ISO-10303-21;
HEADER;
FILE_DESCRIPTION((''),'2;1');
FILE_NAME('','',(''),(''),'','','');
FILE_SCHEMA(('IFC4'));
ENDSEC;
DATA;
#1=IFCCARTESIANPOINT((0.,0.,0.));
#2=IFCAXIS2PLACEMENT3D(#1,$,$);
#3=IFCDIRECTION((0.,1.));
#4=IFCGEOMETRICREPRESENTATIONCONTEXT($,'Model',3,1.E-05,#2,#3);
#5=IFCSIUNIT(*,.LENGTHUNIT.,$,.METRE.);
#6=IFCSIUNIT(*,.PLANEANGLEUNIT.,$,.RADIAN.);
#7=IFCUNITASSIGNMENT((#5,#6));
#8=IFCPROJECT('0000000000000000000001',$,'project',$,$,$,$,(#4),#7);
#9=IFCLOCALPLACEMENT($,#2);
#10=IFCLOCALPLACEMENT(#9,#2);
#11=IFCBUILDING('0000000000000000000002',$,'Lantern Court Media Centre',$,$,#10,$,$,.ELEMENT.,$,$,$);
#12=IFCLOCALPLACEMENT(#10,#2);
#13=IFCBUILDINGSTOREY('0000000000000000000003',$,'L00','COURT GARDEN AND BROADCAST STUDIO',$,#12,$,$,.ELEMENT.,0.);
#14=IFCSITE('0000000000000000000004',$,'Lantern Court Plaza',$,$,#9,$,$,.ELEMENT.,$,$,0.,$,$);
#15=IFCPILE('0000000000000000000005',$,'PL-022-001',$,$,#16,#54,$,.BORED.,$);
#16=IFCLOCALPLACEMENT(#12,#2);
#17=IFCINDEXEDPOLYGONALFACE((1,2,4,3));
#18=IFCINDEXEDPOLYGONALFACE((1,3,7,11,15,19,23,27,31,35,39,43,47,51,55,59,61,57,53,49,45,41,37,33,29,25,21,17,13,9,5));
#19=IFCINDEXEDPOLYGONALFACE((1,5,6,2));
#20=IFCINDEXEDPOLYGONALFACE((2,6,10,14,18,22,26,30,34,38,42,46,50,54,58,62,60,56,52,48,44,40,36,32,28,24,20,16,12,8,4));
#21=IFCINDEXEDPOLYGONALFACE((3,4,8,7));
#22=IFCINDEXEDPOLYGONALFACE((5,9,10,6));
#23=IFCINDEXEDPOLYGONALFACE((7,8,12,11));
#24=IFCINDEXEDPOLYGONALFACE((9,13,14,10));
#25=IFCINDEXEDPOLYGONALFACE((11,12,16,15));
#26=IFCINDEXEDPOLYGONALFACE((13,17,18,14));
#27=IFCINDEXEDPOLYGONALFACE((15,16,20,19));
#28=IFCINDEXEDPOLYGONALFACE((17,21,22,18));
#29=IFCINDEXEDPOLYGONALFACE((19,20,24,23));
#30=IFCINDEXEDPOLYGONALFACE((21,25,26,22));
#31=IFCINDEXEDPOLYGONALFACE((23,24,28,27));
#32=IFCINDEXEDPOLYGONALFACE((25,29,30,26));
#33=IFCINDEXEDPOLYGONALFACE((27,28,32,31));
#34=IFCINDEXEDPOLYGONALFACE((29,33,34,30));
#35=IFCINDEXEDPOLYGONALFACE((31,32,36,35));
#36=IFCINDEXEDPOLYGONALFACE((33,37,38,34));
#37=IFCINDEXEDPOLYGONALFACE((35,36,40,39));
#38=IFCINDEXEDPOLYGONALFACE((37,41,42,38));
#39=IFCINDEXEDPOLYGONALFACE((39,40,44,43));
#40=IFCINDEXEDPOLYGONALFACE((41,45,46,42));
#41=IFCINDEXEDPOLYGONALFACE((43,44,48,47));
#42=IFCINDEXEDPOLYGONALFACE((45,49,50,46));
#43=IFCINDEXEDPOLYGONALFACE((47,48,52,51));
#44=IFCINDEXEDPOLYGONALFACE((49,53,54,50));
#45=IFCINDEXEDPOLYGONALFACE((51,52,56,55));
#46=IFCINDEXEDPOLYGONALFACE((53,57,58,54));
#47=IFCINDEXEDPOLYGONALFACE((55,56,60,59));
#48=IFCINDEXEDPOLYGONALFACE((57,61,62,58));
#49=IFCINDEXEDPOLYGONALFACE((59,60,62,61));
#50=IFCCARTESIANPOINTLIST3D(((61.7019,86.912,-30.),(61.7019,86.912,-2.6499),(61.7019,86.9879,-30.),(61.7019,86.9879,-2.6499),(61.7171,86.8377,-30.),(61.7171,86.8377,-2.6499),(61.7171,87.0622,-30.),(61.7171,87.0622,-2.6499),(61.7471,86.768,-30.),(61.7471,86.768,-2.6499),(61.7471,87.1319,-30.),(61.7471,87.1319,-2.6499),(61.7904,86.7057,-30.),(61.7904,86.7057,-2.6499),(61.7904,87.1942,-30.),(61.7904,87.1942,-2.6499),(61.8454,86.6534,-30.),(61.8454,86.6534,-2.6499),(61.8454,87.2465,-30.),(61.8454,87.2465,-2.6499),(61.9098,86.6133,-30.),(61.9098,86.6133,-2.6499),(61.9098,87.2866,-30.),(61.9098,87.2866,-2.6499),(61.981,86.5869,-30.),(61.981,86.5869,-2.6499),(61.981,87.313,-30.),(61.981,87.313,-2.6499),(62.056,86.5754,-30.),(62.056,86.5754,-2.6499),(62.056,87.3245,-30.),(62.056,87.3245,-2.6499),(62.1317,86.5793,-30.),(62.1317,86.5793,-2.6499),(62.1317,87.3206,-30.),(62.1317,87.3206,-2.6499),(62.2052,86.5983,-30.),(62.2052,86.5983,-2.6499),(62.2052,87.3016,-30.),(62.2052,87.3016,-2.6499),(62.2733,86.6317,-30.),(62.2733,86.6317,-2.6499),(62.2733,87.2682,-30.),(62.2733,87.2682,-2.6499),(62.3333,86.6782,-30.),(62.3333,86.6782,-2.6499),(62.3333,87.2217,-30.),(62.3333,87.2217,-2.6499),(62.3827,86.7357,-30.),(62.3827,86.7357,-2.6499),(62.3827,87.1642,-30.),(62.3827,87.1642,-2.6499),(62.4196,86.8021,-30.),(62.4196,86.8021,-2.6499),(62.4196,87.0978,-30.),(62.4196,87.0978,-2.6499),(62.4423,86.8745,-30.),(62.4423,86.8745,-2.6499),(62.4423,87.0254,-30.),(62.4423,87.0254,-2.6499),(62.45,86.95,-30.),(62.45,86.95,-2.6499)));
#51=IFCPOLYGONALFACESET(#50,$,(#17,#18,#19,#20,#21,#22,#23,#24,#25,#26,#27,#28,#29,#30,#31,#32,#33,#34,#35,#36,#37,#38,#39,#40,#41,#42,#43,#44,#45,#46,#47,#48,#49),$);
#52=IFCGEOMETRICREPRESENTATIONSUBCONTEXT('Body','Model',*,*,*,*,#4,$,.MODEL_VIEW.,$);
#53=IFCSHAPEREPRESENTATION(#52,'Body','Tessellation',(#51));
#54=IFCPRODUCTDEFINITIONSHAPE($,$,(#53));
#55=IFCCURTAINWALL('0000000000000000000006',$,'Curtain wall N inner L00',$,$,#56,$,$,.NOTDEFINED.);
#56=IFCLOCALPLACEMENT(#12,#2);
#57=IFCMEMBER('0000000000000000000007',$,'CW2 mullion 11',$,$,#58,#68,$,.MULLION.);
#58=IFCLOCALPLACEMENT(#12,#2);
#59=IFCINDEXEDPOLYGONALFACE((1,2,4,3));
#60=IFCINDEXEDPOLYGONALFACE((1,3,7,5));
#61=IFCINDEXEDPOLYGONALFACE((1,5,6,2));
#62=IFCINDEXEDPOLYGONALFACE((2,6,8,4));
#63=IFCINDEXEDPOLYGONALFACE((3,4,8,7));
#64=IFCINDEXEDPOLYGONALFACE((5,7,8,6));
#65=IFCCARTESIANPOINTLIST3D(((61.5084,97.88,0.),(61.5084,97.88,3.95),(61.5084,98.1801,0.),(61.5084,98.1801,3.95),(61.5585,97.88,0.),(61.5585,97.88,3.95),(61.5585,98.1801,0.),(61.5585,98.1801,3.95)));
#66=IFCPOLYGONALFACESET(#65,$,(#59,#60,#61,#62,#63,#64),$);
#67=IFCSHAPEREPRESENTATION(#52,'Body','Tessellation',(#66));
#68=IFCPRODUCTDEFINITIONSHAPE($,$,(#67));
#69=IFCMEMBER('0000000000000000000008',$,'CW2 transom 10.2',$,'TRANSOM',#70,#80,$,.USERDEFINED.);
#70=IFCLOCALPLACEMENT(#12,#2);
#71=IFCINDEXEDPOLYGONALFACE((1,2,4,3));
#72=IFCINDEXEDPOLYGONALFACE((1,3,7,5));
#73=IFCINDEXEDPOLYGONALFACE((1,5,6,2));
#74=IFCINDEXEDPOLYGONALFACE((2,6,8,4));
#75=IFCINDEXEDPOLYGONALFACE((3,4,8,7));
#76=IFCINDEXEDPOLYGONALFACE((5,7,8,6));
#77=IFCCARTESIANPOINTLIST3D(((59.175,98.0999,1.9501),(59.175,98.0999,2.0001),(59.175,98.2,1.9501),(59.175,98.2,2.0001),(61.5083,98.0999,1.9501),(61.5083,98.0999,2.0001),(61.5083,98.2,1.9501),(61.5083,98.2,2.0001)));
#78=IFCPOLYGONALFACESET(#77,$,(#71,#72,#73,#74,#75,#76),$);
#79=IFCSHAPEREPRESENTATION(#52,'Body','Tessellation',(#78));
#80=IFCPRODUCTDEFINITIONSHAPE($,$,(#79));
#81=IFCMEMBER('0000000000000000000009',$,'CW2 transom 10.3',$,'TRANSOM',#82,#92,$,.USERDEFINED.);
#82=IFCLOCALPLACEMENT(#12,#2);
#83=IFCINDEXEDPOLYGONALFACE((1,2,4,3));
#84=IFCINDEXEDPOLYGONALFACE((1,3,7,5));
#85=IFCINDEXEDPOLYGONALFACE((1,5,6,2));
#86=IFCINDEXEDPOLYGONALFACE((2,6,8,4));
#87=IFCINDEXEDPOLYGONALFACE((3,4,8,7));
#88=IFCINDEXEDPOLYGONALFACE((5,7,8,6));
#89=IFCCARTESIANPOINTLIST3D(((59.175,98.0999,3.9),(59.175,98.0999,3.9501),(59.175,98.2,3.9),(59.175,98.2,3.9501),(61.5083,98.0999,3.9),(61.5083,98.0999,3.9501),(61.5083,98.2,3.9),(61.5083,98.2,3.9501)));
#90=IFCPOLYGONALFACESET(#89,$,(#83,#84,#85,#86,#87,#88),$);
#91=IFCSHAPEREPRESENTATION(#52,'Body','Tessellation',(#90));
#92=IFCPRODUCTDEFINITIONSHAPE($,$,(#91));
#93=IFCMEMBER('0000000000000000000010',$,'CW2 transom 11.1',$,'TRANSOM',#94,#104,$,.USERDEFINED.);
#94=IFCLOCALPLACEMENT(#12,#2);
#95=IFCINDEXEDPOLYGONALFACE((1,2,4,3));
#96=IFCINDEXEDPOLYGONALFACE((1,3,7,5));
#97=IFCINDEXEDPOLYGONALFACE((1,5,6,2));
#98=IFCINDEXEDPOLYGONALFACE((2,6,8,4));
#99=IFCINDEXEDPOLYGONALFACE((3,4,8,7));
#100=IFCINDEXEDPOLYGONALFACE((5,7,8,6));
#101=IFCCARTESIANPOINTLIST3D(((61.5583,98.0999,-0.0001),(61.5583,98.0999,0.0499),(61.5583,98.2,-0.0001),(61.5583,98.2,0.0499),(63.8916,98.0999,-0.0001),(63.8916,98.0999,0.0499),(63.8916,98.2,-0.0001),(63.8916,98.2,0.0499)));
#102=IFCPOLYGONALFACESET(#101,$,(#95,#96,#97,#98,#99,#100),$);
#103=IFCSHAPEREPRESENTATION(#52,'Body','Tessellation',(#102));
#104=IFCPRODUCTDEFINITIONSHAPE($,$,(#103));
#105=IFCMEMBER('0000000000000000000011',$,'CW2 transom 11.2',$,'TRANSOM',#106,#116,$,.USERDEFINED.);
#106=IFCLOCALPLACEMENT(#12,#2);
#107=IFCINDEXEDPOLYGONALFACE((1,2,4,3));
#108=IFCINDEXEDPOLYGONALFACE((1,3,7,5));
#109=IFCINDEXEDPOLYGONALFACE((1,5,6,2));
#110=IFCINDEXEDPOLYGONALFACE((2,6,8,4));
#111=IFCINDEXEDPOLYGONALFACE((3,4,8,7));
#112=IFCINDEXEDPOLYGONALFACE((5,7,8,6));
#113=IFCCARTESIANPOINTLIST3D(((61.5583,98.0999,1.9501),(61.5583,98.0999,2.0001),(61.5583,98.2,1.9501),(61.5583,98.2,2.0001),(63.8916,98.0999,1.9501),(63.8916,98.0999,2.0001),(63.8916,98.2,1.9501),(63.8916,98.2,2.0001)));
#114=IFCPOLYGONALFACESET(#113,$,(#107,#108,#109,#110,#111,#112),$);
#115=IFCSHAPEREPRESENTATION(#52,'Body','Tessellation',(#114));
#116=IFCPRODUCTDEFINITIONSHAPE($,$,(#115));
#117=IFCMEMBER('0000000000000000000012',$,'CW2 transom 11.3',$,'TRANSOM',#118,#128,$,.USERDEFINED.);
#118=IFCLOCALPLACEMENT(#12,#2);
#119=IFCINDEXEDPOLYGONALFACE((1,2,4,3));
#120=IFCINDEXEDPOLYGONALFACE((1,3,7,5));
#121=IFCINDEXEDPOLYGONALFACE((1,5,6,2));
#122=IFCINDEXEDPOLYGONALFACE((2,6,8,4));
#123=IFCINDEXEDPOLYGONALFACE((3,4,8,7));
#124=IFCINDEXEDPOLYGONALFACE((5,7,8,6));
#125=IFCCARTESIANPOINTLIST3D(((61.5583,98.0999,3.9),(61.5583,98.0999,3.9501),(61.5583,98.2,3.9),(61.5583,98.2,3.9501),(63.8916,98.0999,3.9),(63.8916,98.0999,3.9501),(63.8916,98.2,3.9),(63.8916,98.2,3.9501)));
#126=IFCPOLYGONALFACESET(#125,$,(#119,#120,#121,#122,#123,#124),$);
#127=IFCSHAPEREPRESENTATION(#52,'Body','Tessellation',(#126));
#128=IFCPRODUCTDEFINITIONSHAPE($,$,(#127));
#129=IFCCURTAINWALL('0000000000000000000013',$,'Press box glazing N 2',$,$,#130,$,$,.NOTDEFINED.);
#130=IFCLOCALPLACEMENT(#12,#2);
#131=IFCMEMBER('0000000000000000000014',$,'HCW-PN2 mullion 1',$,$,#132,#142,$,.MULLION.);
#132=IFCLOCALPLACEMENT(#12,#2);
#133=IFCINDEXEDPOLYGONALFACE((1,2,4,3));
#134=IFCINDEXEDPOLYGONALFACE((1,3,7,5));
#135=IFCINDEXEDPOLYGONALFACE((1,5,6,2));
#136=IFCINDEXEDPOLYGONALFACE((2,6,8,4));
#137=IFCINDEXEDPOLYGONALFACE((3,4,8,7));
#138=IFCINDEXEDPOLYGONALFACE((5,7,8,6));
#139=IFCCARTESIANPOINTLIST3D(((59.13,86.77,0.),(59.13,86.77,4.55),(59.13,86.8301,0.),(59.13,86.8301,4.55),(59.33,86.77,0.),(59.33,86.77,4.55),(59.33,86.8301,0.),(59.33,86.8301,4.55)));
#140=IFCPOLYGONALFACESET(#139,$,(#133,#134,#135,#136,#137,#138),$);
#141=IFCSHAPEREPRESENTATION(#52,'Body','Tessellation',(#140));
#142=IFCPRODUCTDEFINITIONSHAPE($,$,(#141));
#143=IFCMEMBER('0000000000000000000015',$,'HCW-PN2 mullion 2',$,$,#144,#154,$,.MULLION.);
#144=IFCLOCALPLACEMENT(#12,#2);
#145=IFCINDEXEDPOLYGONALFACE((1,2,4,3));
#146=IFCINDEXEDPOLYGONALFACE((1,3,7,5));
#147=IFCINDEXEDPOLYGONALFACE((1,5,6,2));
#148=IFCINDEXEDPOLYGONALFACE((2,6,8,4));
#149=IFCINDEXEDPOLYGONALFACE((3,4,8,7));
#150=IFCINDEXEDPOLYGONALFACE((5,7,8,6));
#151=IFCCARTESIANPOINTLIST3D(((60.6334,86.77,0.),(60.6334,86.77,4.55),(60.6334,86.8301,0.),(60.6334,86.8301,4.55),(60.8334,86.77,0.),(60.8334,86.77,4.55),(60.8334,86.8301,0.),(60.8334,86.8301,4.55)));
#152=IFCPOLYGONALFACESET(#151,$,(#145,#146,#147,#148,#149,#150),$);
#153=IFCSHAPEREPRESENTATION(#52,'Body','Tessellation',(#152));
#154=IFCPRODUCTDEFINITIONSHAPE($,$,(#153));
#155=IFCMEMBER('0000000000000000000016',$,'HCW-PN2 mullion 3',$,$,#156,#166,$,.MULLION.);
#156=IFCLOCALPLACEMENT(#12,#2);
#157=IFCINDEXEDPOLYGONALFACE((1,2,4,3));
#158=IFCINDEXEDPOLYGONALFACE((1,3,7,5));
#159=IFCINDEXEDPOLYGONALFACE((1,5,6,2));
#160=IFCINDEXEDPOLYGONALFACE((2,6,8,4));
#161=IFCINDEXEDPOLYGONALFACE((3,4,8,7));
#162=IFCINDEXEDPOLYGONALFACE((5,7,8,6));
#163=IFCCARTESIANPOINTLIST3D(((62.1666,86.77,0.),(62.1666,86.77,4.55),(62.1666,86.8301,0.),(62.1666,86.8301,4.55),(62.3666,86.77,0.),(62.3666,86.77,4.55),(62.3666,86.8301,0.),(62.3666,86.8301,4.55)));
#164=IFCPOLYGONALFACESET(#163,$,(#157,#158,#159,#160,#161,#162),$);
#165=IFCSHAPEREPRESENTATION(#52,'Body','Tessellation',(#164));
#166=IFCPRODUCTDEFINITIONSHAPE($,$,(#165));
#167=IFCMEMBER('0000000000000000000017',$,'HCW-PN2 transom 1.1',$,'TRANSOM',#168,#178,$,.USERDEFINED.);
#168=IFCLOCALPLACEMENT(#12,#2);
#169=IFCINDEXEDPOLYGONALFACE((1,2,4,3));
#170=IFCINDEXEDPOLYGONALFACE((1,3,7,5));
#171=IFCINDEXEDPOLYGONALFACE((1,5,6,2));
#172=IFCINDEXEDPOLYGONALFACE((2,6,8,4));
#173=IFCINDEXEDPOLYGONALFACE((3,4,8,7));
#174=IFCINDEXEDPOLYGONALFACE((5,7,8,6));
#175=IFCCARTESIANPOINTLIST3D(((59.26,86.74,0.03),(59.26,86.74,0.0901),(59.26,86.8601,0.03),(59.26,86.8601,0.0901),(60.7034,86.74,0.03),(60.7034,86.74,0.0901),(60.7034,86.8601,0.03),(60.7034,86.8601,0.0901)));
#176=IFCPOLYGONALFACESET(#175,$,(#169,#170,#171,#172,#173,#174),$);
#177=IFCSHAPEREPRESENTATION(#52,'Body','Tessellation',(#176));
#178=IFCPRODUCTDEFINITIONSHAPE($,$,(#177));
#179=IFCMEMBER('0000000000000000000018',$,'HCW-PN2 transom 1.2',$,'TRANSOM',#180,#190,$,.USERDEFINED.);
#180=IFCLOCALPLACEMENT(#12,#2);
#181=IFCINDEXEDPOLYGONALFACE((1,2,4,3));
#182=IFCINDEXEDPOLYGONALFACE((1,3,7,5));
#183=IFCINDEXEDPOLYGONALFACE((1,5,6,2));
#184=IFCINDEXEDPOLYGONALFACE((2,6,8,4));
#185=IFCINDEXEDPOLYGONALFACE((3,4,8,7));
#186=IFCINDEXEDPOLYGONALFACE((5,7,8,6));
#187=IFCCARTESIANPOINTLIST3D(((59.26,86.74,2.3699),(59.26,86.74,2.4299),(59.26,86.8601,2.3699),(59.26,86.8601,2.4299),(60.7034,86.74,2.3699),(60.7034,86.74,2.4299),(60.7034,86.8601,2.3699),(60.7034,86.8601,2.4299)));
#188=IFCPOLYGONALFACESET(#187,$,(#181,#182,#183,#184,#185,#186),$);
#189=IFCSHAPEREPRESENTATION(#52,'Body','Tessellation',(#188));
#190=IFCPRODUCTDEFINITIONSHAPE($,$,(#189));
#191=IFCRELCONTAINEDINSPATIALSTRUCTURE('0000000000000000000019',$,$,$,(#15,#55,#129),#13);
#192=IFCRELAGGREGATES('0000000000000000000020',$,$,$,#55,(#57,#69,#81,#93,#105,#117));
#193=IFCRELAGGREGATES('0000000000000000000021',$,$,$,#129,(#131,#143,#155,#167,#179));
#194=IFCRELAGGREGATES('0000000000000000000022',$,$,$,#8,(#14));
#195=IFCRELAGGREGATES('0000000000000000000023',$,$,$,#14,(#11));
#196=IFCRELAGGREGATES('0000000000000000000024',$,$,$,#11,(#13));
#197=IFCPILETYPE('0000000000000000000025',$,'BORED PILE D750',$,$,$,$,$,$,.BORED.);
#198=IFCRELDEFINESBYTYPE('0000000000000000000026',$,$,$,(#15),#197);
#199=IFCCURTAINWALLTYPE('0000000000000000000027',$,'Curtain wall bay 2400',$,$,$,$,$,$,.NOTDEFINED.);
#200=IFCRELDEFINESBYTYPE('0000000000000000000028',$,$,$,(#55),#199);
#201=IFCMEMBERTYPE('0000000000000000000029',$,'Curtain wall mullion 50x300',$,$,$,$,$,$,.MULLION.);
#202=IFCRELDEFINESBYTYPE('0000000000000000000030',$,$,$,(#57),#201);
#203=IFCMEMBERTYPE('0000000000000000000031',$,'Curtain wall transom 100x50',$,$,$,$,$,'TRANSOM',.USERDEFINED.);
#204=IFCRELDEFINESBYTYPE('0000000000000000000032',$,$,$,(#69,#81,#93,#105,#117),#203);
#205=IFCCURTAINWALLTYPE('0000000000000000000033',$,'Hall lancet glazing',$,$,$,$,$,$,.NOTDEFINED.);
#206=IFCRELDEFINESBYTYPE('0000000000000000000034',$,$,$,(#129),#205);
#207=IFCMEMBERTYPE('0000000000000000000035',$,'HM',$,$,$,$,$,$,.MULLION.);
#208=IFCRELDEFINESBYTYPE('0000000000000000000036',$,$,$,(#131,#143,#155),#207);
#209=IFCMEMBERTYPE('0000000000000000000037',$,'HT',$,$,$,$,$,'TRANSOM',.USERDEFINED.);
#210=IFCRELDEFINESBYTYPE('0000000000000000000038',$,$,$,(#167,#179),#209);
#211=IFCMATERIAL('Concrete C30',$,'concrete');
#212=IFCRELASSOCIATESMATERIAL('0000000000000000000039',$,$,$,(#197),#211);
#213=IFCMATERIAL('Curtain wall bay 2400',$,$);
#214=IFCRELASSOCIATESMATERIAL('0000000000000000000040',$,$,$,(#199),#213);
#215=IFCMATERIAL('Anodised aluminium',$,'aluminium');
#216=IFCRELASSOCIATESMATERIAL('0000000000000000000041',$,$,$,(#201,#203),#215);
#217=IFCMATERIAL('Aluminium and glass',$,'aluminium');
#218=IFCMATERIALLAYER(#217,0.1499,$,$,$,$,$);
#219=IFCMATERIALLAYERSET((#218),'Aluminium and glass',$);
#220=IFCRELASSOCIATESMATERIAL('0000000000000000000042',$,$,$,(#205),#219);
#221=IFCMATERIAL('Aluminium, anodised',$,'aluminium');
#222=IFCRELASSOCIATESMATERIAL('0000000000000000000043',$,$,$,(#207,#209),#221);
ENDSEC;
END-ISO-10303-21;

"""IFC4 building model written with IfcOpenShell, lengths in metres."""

from ifc_helpers import new_model, si_unit, direction, frame, origin, origin_2d, place, context, subcontext, project, spatial, rectangle, circle, extrude, material, layer, layer_set, material_profile, profile_set, type_object, element, aggregate, save


model = new_model("IFC4")

# Units and contexts
model_context = context("Model", 3, precision=1e-05, world=origin(), true_north=direction((0.0, 1.0)))
body_context = subcontext(model_context, "Body", "Model", "MODEL_VIEW")
ifc_project = project(units=[si_unit("LENGTHUNIT", "METRE"), si_unit("PLANEANGLEUNIT", "RADIAN")], contexts=[model_context])

# Site, building, storey
site_placement = place(None, origin())
site = spatial("IfcSite", under=ifc_project, at=site_placement, Name="Lantern Court Plaza", CompositionType="ELEMENT", RefElevation=0.0)
building_placement = place(site_placement, origin())
building = spatial("IfcBuilding", under=site, at=building_placement, Name="Lantern Court Media Centre", CompositionType="ELEMENT")
storey_placement = place(building_placement, origin())
storey = spatial("IfcBuildingStorey", under=building, at=storey_placement, Name="L00", Description="COURT GARDEN AND BROADCAST STUDIO", CompositionType="ELEMENT", Elevation=0.0)

# Pile
ifc_material_1 = material(Name="Concrete C30", Category="concrete")
ifc_material_profile_1 = material_profile(ifc_material_1, circle(Radius=0.375, at=origin_2d()), Name="D750")
ifc_profile_set_1 = profile_set([ifc_material_profile_1], Name="Concrete C30")
pile_type = type_object("IfcPileType", Name="BORED PILE D750", PredefinedType="BORED", material=ifc_profile_set_1)
pile_placement = place(storey_placement, frame((62.075, 86.95, -2.6499), z_axis=(0.0, 0.0, -1.0), x_axis=(1.0, 0.0, 0.0)))
element("IfcPile", 1, at=pile_placement, inside=storey, type_object=pile_type, Name="PL-022-001", PredefinedType="BORED", context=body_context, shape_type="SweptSolid", body=[
    extrude(circle(Radius=0.375, at=origin_2d()), origin(), (0.0, 0.0, 1.0), 27.3501),
])

# Curtain walls, members
ifc_material_2 = material(Name="Curtain wall bay 2400")
curtain_wall_type_1 = type_object("IfcCurtainWallType", Name="Curtain wall bay 2400", PredefinedType="NOTDEFINED", material=ifc_material_2)
curtain_wall_1_placement = place(storey_placement, origin())
curtain_wall_1 = element("IfcCurtainWall", 2, at=curtain_wall_1_placement, inside=storey, type_object=curtain_wall_type_1, Name="Curtain wall N inner L00", PredefinedType="NOTDEFINED")
ifc_material_3 = material(Name="Anodised aluminium", Category="aluminium")
ifc_material_profile_2 = material_profile(ifc_material_3, rectangle(XDim=0.3, YDim=0.05, at=origin_2d()), Name="AL 50x300")
ifc_profile_set_2 = profile_set([ifc_material_profile_2], Name="Anodised aluminium")
member_type_1 = type_object("IfcMemberType", Name="Curtain wall mullion 50x300", PredefinedType="MULLION", material=ifc_profile_set_2)
member_1_placement = place(storey_placement, frame((61.5334, 98.03, 0.0), z_axis=(0.0, 0.0, 1.0), x_axis=(0.0, 1.0, 0.0)))
member_1 = element("IfcMember", 3, at=member_1_placement, type_object=member_type_1, Name="CW2 mullion 11", PredefinedType="MULLION", context=body_context, shape_type="SweptSolid", body=[
    extrude(rectangle(XDim=0.3, YDim=0.05, at=origin_2d()), origin(), (0.0, 0.0, 1.0), 3.95),
])
ifc_material_profile_3 = material_profile(ifc_material_3, rectangle(XDim=0.1001, YDim=0.05, at=origin_2d()), Name="AL 50x100")
ifc_profile_set_3 = profile_set([ifc_material_profile_3], Name="Anodised aluminium")
member_type_2 = type_object("IfcMemberType", Name="Curtain wall transom 100x50", ElementType="TRANSOM", PredefinedType="USERDEFINED", material=ifc_profile_set_3)
member_2_placement = place(storey_placement, frame((59.175, 98.1499, 1.9751), z_axis=(1.0, 0.0, 0.0), x_axis=(0.0, 1.0, 0.0)))
member_2 = element("IfcMember", 4, at=member_2_placement, type_object=member_type_2, Name="CW2 transom 10.2", ObjectType="TRANSOM", PredefinedType="USERDEFINED", context=body_context, shape_type="SweptSolid", body=[
    extrude(rectangle(XDim=0.1001, YDim=0.05, at=origin_2d()), origin(), (0.0, 0.0, 1.0), 2.3333),
])
member_3_placement = place(storey_placement, frame((59.175, 98.1499, 3.925), z_axis=(1.0, 0.0, 0.0), x_axis=(0.0, 1.0, 0.0)))
member_3 = element("IfcMember", 5, at=member_3_placement, type_object=member_type_2, Name="CW2 transom 10.3", ObjectType="TRANSOM", PredefinedType="USERDEFINED", context=body_context, shape_type="SweptSolid", body=[
    extrude(rectangle(XDim=0.1001, YDim=0.05, at=origin_2d()), origin(), (0.0, 0.0, 1.0), 2.3333),
])
member_4_placement = place(storey_placement, frame((61.5583, 98.1499, 0.0249), z_axis=(1.0, 0.0, 0.0), x_axis=(0.0, 1.0, 0.0)))
member_4 = element("IfcMember", 6, at=member_4_placement, type_object=member_type_2, Name="CW2 transom 11.1", ObjectType="TRANSOM", PredefinedType="USERDEFINED", context=body_context, shape_type="SweptSolid", body=[
    extrude(rectangle(XDim=0.1001, YDim=0.05, at=origin_2d()), origin(), (0.0, 0.0, 1.0), 2.3333),
])
member_5_placement = place(storey_placement, frame((61.5583, 98.1499, 1.9751), z_axis=(1.0, 0.0, 0.0), x_axis=(0.0, 1.0, 0.0)))
member_5 = element("IfcMember", 7, at=member_5_placement, type_object=member_type_2, Name="CW2 transom 11.2", ObjectType="TRANSOM", PredefinedType="USERDEFINED", context=body_context, shape_type="SweptSolid", body=[
    extrude(rectangle(XDim=0.1001, YDim=0.05, at=origin_2d()), origin(), (0.0, 0.0, 1.0), 2.3333),
])
member_6_placement = place(storey_placement, frame((61.5583, 98.1499, 3.925), z_axis=(1.0, 0.0, 0.0), x_axis=(0.0, 1.0, 0.0)))
member_6 = element("IfcMember", 8, at=member_6_placement, type_object=member_type_2, Name="CW2 transom 11.3", ObjectType="TRANSOM", PredefinedType="USERDEFINED", context=body_context, shape_type="SweptSolid", body=[
    extrude(rectangle(XDim=0.1001, YDim=0.05, at=origin_2d()), origin(), (0.0, 0.0, 1.0), 2.3333),
])
ifc_material_4 = material(Name="Aluminium and glass", Category="aluminium")
ifc_layer_1 = layer(ifc_material_4, 0.1499)
ifc_layer_set_1 = layer_set([ifc_layer_1], Name="Aluminium and glass")
curtain_wall_type_2 = type_object("IfcCurtainWallType", Name="Hall lancet glazing", PredefinedType="NOTDEFINED", material=ifc_layer_set_1)
curtain_wall_2_placement = place(storey_placement, origin())
curtain_wall_2 = element("IfcCurtainWall", 9, at=curtain_wall_2_placement, inside=storey, type_object=curtain_wall_type_2, Name="Press box glazing N 2", PredefinedType="NOTDEFINED")
ifc_material_5 = material(Name="Aluminium, anodised", Category="aluminium")
ifc_material_profile_4 = material_profile(ifc_material_5, rectangle(XDim=0.0601, YDim=0.2, at=origin_2d()), Name="HM")
ifc_profile_set_4 = profile_set([ifc_material_profile_4], Name="Aluminium, anodised")
member_type_3 = type_object("IfcMemberType", Name="HM", PredefinedType="MULLION", material=ifc_profile_set_4)
member_7_placement = place(storey_placement, frame((59.23, 86.8, 0.0), z_axis=(0.0, 0.0, 1.0), x_axis=(0.0, 1.0, 0.0)))
member_7 = element("IfcMember", 10, at=member_7_placement, type_object=member_type_3, Name="HCW-PN2 mullion 1", PredefinedType="MULLION", context=body_context, shape_type="SweptSolid", body=[
    extrude(rectangle(XDim=0.0601, YDim=0.2, at=origin_2d()), origin(), (0.0, 0.0, 1.0), 4.55),
])
member_8_placement = place(storey_placement, frame((60.7334, 86.8, 0.0), z_axis=(0.0, 0.0, 1.0), x_axis=(0.0, 1.0, 0.0)))
member_8 = element("IfcMember", 11, at=member_8_placement, type_object=member_type_3, Name="HCW-PN2 mullion 2", PredefinedType="MULLION", context=body_context, shape_type="SweptSolid", body=[
    extrude(rectangle(XDim=0.0601, YDim=0.2, at=origin_2d()), origin(), (0.0, 0.0, 1.0), 4.55),
])
member_9_placement = place(storey_placement, frame((62.2666, 86.8, 0.0), z_axis=(0.0, 0.0, 1.0), x_axis=(0.0, 1.0, 0.0)))
member_9 = element("IfcMember", 12, at=member_9_placement, type_object=member_type_3, Name="HCW-PN2 mullion 3", PredefinedType="MULLION", context=body_context, shape_type="SweptSolid", body=[
    extrude(rectangle(XDim=0.0601, YDim=0.2, at=origin_2d()), origin(), (0.0, 0.0, 1.0), 4.55),
])
ifc_material_profile_5 = material_profile(ifc_material_5, rectangle(XDim=0.1201, YDim=0.0601, at=origin_2d()), Name="HT")
ifc_profile_set_5 = profile_set([ifc_material_profile_5], Name="Aluminium, anodised")
member_type_4 = type_object("IfcMemberType", Name="HT", ElementType="TRANSOM", PredefinedType="USERDEFINED", material=ifc_profile_set_5)
member_10_placement = place(storey_placement, frame((59.26, 86.8, 0.0601), z_axis=(1.0, 0.0, 0.0), x_axis=(0.0, 1.0, 0.0)))
member_10 = element("IfcMember", 13, at=member_10_placement, type_object=member_type_4, Name="HCW-PN2 transom 1.1", ObjectType="TRANSOM", PredefinedType="USERDEFINED", context=body_context, shape_type="SweptSolid", body=[
    extrude(rectangle(XDim=0.1201, YDim=0.0601, at=origin_2d()), origin(), (0.0, 0.0, 1.0), 1.4434),
])
member_11_placement = place(storey_placement, frame((59.26, 86.8, 2.3999), z_axis=(1.0, 0.0, 0.0), x_axis=(0.0, 1.0, 0.0)))
member_11 = element("IfcMember", 14, at=member_11_placement, type_object=member_type_4, Name="HCW-PN2 transom 1.2", ObjectType="TRANSOM", PredefinedType="USERDEFINED", context=body_context, shape_type="SweptSolid", body=[
    extrude(rectangle(XDim=0.1201, YDim=0.0601, at=origin_2d()), origin(), (0.0, 0.0, 1.0), 1.4434),
])

aggregate(curtain_wall_1, [member_1, member_2, member_3, member_4, member_5, member_6])
aggregate(curtain_wall_2, [member_7, member_8, member_9, member_10, member_11])

save(model, "model.ifc")
